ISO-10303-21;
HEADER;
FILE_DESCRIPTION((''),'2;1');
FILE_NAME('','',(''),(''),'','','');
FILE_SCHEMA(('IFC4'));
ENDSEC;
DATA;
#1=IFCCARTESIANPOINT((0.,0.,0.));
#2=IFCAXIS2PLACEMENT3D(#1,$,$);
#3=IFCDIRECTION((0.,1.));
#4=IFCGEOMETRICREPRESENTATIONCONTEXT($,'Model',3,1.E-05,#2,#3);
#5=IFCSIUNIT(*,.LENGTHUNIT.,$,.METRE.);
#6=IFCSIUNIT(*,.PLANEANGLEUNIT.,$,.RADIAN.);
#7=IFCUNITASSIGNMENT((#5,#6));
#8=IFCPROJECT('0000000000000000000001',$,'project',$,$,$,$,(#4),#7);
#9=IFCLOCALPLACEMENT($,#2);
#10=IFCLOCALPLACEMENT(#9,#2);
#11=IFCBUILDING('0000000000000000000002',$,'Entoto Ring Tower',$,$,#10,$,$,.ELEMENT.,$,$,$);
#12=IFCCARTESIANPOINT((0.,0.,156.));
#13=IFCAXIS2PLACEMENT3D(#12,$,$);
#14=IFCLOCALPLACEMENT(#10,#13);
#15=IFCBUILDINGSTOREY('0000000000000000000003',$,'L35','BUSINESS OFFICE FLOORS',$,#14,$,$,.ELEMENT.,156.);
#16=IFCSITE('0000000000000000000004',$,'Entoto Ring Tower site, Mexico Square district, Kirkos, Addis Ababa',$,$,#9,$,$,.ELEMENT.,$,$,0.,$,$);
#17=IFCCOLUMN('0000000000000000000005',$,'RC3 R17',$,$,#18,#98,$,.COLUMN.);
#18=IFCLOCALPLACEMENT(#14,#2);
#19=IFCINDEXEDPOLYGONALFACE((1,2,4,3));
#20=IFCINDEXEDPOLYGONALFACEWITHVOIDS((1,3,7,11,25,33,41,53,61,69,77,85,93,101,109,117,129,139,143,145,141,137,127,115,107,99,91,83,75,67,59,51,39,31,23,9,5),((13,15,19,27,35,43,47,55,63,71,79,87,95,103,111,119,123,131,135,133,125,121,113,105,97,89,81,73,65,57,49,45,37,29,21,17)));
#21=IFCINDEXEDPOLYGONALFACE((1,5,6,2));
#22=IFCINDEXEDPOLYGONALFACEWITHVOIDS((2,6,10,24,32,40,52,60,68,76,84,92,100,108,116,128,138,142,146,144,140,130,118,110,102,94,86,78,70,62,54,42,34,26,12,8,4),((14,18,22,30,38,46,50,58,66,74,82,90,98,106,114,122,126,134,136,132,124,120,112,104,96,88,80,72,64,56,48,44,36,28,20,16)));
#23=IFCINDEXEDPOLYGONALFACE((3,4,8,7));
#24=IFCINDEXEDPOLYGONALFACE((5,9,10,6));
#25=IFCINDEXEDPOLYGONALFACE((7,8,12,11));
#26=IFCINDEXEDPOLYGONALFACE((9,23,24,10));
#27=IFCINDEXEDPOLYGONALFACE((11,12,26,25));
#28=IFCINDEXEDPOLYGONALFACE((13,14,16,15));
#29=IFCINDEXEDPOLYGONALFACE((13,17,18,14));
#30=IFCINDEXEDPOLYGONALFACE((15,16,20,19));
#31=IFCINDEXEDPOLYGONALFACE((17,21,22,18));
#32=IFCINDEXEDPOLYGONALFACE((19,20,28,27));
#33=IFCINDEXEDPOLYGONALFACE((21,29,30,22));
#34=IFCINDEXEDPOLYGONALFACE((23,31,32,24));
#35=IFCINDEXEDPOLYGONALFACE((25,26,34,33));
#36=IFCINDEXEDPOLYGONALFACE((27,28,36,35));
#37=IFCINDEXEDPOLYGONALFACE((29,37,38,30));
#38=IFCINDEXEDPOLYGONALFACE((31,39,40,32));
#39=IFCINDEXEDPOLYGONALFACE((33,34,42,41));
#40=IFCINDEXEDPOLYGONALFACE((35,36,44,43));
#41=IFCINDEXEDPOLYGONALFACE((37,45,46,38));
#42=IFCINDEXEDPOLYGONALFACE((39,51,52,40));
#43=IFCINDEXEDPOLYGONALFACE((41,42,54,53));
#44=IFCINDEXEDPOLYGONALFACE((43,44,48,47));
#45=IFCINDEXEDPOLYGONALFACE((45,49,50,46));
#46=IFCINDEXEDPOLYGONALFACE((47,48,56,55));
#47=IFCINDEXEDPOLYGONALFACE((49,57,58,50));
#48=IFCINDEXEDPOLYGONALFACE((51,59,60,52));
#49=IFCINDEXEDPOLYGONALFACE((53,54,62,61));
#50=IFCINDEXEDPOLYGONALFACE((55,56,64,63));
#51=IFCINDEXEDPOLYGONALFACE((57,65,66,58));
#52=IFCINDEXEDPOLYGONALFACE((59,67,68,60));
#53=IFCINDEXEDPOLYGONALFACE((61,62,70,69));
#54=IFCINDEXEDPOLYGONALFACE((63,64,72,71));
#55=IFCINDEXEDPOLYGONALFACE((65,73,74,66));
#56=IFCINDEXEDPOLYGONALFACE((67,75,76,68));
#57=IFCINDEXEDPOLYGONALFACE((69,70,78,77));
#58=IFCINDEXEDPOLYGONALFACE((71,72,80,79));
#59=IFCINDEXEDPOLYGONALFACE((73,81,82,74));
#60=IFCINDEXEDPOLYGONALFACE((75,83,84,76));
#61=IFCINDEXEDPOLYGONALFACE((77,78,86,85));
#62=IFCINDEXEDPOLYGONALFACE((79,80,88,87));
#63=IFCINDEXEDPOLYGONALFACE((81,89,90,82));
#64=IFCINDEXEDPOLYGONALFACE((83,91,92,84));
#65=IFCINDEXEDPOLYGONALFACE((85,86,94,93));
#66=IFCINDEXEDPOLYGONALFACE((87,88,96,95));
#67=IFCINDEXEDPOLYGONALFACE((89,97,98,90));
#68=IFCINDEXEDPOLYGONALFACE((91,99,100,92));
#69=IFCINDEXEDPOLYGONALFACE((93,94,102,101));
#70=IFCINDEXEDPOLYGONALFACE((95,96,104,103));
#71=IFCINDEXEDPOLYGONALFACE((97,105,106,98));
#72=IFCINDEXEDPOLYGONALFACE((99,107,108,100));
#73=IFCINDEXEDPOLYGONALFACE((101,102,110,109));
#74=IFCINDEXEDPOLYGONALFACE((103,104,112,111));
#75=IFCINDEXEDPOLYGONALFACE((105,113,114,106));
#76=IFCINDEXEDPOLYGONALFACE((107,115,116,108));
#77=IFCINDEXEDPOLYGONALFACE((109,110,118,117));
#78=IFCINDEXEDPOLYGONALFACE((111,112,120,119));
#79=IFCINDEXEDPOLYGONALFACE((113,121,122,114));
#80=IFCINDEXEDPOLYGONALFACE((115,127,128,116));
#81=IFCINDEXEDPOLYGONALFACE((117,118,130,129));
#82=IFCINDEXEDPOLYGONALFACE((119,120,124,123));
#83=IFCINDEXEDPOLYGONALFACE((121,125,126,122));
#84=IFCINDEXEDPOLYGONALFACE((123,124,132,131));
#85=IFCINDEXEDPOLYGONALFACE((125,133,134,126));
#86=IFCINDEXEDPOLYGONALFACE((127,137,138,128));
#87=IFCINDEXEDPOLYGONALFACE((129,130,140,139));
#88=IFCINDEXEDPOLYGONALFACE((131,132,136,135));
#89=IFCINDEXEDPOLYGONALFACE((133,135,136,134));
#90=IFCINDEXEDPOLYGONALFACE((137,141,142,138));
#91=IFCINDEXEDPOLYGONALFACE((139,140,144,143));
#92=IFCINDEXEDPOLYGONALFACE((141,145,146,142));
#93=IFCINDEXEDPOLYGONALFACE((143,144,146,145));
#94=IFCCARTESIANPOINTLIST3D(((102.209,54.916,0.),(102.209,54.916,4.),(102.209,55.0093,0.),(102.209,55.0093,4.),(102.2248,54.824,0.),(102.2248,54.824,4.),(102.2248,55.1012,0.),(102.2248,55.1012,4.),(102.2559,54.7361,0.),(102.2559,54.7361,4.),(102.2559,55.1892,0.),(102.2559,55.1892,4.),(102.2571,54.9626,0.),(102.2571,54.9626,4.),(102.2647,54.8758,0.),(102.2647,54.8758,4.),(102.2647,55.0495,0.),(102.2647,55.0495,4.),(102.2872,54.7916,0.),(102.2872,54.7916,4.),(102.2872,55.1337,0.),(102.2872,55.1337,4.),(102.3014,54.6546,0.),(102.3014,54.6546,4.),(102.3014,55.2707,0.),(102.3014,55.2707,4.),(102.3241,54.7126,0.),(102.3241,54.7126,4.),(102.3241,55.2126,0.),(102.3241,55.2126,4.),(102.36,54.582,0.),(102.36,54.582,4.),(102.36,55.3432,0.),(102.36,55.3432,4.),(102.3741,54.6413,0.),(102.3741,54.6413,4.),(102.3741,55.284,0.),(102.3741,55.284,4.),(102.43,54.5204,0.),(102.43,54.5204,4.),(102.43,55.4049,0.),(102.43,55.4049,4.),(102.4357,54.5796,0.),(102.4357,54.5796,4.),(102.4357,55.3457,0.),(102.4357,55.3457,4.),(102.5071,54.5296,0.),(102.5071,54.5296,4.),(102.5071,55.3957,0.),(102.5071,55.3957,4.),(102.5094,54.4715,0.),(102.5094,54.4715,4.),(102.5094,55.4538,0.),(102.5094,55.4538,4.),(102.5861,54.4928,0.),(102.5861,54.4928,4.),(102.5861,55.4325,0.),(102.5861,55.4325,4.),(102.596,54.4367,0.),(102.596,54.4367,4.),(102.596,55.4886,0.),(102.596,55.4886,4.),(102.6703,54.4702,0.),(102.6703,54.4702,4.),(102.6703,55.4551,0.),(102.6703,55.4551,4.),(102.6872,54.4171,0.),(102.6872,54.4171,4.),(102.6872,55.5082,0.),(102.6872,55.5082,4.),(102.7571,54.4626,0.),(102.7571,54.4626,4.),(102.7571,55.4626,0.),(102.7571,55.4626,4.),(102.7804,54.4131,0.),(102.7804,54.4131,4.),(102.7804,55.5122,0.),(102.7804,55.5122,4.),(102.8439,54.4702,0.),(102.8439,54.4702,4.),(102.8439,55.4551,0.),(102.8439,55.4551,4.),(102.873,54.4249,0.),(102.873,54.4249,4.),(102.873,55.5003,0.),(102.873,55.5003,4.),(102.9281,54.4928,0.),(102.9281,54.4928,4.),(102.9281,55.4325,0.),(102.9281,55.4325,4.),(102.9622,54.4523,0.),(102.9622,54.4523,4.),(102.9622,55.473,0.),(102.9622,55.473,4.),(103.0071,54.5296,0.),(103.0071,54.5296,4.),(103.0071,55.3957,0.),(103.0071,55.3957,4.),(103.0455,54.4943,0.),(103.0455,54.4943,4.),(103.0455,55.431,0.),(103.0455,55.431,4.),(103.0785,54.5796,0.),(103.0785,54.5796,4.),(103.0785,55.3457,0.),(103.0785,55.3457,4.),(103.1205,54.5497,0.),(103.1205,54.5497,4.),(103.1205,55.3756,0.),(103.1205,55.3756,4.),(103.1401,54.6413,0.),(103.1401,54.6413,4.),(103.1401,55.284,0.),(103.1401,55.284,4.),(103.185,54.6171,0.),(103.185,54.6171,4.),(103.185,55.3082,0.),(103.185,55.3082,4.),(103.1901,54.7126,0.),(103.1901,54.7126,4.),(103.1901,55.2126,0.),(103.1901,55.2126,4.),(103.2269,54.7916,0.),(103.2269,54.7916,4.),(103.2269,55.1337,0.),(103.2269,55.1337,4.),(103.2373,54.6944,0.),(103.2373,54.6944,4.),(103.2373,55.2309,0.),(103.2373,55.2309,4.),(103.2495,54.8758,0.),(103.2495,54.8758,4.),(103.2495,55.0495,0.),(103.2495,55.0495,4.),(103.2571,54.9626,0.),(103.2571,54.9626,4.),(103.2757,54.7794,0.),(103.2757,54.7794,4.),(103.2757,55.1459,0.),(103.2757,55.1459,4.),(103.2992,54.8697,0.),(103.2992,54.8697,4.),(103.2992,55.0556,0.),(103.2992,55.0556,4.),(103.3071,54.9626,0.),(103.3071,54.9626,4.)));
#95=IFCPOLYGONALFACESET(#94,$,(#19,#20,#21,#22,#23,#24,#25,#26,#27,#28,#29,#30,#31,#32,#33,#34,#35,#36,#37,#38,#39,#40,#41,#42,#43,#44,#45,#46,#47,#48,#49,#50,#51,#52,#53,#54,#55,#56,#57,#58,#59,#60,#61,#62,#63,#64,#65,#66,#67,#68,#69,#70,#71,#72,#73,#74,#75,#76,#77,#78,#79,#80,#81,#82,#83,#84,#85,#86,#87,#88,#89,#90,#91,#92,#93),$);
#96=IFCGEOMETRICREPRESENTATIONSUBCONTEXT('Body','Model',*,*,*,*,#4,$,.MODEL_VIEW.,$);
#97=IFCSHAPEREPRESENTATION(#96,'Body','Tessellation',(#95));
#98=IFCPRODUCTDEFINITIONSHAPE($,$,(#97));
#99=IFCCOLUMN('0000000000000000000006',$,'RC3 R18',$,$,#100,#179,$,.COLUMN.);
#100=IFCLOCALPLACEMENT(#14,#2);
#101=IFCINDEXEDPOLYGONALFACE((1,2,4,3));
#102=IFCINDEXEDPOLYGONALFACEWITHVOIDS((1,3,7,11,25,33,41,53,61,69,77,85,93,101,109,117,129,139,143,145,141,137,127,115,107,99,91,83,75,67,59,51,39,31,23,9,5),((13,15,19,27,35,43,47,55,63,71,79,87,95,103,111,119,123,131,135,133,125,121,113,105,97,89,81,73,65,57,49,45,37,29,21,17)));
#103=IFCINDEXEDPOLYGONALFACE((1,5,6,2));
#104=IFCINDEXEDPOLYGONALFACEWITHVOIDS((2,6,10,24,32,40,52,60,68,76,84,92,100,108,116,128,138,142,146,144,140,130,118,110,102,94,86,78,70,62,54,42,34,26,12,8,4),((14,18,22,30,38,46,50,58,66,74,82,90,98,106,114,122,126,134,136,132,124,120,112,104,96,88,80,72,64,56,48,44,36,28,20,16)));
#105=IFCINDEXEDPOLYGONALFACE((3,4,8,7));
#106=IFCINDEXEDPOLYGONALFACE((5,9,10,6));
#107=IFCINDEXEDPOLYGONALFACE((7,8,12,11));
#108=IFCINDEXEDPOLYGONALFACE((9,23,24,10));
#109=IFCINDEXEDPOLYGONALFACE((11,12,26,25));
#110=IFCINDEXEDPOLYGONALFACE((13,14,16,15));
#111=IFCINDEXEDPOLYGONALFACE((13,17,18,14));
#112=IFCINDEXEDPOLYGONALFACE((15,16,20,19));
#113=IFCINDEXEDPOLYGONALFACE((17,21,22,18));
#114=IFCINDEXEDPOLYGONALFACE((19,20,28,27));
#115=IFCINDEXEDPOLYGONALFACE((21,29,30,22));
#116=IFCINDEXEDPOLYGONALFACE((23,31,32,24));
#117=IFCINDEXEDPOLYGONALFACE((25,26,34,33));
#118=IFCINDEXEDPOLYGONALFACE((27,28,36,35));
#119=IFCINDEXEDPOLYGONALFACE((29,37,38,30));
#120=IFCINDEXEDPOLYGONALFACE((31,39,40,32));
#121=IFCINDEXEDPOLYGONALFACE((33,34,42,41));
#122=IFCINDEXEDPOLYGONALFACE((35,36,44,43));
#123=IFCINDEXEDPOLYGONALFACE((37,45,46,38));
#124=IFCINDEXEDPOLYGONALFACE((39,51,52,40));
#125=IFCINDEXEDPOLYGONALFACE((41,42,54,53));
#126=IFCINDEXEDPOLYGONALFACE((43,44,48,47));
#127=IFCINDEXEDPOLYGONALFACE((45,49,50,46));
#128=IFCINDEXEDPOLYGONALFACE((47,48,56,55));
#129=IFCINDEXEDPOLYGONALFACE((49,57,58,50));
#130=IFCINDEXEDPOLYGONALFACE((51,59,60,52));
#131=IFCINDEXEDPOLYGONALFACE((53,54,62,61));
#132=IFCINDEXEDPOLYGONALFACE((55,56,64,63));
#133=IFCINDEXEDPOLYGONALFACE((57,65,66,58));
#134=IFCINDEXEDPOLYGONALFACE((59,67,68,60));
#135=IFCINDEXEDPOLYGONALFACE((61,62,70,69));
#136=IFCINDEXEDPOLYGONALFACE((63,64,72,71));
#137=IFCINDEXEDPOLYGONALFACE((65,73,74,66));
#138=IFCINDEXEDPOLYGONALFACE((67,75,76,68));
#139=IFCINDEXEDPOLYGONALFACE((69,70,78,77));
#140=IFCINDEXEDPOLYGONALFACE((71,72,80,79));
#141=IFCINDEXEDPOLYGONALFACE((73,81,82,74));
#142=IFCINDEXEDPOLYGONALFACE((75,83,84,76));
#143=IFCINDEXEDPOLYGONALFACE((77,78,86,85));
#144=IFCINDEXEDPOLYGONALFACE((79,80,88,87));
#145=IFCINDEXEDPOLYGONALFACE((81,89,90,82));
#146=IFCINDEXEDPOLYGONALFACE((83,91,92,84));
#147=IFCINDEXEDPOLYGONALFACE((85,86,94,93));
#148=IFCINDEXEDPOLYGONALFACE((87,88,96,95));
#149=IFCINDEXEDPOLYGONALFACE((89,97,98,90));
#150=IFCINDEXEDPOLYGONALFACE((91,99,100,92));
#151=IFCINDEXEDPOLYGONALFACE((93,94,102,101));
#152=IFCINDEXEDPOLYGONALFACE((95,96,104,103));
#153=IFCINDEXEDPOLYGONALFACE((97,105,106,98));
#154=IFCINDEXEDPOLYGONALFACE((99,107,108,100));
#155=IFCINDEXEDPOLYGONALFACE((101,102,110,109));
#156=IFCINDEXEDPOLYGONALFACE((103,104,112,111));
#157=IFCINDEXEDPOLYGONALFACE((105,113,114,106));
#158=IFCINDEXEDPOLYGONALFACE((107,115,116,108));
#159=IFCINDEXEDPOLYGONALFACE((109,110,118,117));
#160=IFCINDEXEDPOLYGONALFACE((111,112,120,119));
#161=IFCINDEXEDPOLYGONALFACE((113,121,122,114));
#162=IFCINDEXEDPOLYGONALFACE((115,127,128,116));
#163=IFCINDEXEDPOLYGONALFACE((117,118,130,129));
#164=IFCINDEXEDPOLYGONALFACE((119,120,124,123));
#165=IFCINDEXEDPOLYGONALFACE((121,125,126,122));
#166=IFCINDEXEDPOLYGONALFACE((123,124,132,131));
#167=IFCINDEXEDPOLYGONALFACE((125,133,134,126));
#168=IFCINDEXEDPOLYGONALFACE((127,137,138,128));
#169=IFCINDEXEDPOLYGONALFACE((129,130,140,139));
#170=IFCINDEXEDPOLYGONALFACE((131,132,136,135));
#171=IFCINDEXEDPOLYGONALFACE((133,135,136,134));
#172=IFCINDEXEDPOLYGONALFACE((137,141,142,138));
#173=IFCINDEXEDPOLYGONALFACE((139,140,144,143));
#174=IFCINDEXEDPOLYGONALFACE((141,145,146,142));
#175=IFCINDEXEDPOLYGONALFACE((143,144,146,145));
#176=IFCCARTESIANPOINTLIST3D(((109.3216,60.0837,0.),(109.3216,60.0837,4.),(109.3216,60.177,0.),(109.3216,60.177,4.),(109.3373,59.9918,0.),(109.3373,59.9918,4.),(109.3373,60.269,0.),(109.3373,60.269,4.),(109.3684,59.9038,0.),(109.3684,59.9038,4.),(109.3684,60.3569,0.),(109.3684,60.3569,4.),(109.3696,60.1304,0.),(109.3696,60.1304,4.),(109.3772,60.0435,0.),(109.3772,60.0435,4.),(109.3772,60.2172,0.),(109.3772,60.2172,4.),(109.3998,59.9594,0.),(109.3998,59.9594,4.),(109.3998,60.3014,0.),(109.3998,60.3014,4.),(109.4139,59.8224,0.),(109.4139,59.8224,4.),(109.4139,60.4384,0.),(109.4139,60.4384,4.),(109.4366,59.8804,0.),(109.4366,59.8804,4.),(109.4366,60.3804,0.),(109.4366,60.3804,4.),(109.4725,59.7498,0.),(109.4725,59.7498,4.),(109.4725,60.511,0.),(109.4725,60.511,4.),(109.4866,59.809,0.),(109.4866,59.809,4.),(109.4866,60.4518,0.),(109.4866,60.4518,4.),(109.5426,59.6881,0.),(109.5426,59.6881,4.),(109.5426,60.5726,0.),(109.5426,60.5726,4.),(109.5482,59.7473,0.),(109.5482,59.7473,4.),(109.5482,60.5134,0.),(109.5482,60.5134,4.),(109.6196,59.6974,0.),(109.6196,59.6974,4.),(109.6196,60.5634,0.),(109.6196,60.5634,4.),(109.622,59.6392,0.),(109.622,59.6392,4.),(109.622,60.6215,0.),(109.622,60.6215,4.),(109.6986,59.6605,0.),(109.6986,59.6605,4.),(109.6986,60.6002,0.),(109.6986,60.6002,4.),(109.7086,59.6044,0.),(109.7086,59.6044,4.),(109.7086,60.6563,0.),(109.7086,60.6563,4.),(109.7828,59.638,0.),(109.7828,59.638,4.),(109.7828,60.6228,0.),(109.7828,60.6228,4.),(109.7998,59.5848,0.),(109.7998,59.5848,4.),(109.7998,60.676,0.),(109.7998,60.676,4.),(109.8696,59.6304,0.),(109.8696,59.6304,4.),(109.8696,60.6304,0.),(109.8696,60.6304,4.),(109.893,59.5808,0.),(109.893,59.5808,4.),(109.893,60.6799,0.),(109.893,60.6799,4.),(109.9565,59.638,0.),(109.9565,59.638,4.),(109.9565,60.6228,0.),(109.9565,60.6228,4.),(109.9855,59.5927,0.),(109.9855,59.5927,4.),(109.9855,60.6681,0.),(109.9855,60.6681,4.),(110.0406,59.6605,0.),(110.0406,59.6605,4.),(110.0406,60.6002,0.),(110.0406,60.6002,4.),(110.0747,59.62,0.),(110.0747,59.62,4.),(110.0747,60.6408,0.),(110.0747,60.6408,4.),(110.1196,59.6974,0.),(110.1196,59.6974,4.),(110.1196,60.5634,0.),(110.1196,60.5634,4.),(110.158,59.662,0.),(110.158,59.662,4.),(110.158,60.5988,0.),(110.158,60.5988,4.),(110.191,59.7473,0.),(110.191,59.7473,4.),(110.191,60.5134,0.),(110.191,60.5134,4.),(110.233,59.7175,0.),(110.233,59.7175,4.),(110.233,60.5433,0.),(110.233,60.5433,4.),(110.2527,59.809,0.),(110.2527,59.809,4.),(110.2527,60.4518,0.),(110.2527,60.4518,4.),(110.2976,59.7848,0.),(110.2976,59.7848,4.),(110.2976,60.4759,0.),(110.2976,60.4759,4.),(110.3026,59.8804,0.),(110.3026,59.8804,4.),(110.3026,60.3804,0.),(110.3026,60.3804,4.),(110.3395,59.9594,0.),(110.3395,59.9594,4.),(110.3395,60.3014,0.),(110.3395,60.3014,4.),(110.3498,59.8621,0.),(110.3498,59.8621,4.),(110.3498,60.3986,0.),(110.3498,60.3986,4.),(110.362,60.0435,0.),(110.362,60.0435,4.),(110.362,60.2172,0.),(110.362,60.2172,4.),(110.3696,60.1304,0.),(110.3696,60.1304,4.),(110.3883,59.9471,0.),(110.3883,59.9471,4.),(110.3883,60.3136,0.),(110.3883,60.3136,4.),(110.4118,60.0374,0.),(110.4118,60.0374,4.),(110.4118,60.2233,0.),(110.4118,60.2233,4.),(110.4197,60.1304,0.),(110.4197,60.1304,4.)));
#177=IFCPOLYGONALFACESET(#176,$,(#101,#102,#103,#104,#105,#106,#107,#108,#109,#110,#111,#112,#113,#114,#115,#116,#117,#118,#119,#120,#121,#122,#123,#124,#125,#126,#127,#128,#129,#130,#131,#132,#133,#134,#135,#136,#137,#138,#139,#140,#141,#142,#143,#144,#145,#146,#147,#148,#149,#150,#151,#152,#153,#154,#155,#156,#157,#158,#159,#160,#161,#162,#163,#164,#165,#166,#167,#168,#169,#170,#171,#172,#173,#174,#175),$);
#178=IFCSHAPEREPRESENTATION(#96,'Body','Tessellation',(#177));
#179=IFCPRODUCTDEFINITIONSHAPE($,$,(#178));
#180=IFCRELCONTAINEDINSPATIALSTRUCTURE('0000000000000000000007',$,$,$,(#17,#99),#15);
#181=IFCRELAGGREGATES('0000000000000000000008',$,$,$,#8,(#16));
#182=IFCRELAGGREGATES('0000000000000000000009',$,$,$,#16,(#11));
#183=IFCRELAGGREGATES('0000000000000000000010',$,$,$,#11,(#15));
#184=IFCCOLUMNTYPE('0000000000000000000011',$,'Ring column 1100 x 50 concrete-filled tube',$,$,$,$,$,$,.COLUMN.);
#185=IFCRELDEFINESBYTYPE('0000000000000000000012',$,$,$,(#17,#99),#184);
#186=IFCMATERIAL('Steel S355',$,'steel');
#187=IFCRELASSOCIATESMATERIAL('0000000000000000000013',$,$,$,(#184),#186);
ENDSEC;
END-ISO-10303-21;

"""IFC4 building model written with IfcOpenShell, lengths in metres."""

from ifc_helpers import new_model, si_unit, direction, frame, origin, origin_2d, place, context, subcontext, project, spatial, circle, hollow_circle, extrude, material, material_profile, profile_set, type_object, element, save


model = new_model("IFC4")

# Units and contexts
model_context = context("Model", 3, precision=1e-05, world=origin(), true_north=direction((0.0, 1.0)))
body_context = subcontext(model_context, "Body", "Model", "MODEL_VIEW")
ifc_project = project(units=[si_unit("LENGTHUNIT", "METRE"), si_unit("PLANEANGLEUNIT", "RADIAN")], contexts=[model_context])

# Site, building, storey
site_placement = place(None, origin())
site = spatial("IfcSite", under=ifc_project, at=site_placement, Name="Entoto Ring Tower site, Mexico Square district, Kirkos, Addis Ababa", CompositionType="ELEMENT", RefElevation=0.0)
building_placement = place(site_placement, origin())
building = spatial("IfcBuilding", under=site, at=building_placement, Name="Entoto Ring Tower", CompositionType="ELEMENT")
storey_placement = place(building_placement, frame((0.0, 0.0, 156.0)))
storey = spatial("IfcBuildingStorey", under=building, at=storey_placement, Name="L35", Description="BUSINESS OFFICE FLOORS", CompositionType="ELEMENT", Elevation=156.0)

# Columns
ifc_material_1 = material(Name="Steel S355", Category="steel")
ifc_material_profile_1 = material_profile(ifc_material_1, hollow_circle(Radius=0.55, WallThickness=0.05, at=origin_2d()), Name="CHS 1100 x 50")
ifc_material_2 = material(Name="Concrete C60/75", Category="concrete")
ifc_material_profile_2 = material_profile(ifc_material_2, circle(Radius=0.5, at=origin_2d()), Name="Concrete C60/75 infill")
ifc_profile_set_1 = profile_set([ifc_material_profile_1, ifc_material_profile_2], Name="Steel S355")
column_type = type_object("IfcColumnType", Name="Ring column 1100 x 50 concrete-filled tube", PredefinedType="COLUMN", material=ifc_profile_set_1)
for number, where, z_axis, x_axis, name in (
    (1, (102.7571, 54.9626, 0.0), (0.0, 0.0, 1.0), (1.0, 0.0, 0.0), "RC3 R17"),
    (2, (109.8696, 60.1304, 0.0), (0.0, 0.0, 1.0), (1.0, 0.0, 0.0), "RC3 R18"),
):
    element("IfcColumn", number, at=place(storey_placement, frame(where, z_axis=z_axis, x_axis=x_axis)), inside=storey, type_object=column_type, Name=name, PredefinedType="COLUMN", context=body_context, shape_type="SweptSolid", body=[
        extrude(hollow_circle(Radius=0.55, WallThickness=0.05, at=origin_2d()), origin(), (0.0, 0.0, 1.0), 4.0),
    ])

save(model, "model.ifc")
